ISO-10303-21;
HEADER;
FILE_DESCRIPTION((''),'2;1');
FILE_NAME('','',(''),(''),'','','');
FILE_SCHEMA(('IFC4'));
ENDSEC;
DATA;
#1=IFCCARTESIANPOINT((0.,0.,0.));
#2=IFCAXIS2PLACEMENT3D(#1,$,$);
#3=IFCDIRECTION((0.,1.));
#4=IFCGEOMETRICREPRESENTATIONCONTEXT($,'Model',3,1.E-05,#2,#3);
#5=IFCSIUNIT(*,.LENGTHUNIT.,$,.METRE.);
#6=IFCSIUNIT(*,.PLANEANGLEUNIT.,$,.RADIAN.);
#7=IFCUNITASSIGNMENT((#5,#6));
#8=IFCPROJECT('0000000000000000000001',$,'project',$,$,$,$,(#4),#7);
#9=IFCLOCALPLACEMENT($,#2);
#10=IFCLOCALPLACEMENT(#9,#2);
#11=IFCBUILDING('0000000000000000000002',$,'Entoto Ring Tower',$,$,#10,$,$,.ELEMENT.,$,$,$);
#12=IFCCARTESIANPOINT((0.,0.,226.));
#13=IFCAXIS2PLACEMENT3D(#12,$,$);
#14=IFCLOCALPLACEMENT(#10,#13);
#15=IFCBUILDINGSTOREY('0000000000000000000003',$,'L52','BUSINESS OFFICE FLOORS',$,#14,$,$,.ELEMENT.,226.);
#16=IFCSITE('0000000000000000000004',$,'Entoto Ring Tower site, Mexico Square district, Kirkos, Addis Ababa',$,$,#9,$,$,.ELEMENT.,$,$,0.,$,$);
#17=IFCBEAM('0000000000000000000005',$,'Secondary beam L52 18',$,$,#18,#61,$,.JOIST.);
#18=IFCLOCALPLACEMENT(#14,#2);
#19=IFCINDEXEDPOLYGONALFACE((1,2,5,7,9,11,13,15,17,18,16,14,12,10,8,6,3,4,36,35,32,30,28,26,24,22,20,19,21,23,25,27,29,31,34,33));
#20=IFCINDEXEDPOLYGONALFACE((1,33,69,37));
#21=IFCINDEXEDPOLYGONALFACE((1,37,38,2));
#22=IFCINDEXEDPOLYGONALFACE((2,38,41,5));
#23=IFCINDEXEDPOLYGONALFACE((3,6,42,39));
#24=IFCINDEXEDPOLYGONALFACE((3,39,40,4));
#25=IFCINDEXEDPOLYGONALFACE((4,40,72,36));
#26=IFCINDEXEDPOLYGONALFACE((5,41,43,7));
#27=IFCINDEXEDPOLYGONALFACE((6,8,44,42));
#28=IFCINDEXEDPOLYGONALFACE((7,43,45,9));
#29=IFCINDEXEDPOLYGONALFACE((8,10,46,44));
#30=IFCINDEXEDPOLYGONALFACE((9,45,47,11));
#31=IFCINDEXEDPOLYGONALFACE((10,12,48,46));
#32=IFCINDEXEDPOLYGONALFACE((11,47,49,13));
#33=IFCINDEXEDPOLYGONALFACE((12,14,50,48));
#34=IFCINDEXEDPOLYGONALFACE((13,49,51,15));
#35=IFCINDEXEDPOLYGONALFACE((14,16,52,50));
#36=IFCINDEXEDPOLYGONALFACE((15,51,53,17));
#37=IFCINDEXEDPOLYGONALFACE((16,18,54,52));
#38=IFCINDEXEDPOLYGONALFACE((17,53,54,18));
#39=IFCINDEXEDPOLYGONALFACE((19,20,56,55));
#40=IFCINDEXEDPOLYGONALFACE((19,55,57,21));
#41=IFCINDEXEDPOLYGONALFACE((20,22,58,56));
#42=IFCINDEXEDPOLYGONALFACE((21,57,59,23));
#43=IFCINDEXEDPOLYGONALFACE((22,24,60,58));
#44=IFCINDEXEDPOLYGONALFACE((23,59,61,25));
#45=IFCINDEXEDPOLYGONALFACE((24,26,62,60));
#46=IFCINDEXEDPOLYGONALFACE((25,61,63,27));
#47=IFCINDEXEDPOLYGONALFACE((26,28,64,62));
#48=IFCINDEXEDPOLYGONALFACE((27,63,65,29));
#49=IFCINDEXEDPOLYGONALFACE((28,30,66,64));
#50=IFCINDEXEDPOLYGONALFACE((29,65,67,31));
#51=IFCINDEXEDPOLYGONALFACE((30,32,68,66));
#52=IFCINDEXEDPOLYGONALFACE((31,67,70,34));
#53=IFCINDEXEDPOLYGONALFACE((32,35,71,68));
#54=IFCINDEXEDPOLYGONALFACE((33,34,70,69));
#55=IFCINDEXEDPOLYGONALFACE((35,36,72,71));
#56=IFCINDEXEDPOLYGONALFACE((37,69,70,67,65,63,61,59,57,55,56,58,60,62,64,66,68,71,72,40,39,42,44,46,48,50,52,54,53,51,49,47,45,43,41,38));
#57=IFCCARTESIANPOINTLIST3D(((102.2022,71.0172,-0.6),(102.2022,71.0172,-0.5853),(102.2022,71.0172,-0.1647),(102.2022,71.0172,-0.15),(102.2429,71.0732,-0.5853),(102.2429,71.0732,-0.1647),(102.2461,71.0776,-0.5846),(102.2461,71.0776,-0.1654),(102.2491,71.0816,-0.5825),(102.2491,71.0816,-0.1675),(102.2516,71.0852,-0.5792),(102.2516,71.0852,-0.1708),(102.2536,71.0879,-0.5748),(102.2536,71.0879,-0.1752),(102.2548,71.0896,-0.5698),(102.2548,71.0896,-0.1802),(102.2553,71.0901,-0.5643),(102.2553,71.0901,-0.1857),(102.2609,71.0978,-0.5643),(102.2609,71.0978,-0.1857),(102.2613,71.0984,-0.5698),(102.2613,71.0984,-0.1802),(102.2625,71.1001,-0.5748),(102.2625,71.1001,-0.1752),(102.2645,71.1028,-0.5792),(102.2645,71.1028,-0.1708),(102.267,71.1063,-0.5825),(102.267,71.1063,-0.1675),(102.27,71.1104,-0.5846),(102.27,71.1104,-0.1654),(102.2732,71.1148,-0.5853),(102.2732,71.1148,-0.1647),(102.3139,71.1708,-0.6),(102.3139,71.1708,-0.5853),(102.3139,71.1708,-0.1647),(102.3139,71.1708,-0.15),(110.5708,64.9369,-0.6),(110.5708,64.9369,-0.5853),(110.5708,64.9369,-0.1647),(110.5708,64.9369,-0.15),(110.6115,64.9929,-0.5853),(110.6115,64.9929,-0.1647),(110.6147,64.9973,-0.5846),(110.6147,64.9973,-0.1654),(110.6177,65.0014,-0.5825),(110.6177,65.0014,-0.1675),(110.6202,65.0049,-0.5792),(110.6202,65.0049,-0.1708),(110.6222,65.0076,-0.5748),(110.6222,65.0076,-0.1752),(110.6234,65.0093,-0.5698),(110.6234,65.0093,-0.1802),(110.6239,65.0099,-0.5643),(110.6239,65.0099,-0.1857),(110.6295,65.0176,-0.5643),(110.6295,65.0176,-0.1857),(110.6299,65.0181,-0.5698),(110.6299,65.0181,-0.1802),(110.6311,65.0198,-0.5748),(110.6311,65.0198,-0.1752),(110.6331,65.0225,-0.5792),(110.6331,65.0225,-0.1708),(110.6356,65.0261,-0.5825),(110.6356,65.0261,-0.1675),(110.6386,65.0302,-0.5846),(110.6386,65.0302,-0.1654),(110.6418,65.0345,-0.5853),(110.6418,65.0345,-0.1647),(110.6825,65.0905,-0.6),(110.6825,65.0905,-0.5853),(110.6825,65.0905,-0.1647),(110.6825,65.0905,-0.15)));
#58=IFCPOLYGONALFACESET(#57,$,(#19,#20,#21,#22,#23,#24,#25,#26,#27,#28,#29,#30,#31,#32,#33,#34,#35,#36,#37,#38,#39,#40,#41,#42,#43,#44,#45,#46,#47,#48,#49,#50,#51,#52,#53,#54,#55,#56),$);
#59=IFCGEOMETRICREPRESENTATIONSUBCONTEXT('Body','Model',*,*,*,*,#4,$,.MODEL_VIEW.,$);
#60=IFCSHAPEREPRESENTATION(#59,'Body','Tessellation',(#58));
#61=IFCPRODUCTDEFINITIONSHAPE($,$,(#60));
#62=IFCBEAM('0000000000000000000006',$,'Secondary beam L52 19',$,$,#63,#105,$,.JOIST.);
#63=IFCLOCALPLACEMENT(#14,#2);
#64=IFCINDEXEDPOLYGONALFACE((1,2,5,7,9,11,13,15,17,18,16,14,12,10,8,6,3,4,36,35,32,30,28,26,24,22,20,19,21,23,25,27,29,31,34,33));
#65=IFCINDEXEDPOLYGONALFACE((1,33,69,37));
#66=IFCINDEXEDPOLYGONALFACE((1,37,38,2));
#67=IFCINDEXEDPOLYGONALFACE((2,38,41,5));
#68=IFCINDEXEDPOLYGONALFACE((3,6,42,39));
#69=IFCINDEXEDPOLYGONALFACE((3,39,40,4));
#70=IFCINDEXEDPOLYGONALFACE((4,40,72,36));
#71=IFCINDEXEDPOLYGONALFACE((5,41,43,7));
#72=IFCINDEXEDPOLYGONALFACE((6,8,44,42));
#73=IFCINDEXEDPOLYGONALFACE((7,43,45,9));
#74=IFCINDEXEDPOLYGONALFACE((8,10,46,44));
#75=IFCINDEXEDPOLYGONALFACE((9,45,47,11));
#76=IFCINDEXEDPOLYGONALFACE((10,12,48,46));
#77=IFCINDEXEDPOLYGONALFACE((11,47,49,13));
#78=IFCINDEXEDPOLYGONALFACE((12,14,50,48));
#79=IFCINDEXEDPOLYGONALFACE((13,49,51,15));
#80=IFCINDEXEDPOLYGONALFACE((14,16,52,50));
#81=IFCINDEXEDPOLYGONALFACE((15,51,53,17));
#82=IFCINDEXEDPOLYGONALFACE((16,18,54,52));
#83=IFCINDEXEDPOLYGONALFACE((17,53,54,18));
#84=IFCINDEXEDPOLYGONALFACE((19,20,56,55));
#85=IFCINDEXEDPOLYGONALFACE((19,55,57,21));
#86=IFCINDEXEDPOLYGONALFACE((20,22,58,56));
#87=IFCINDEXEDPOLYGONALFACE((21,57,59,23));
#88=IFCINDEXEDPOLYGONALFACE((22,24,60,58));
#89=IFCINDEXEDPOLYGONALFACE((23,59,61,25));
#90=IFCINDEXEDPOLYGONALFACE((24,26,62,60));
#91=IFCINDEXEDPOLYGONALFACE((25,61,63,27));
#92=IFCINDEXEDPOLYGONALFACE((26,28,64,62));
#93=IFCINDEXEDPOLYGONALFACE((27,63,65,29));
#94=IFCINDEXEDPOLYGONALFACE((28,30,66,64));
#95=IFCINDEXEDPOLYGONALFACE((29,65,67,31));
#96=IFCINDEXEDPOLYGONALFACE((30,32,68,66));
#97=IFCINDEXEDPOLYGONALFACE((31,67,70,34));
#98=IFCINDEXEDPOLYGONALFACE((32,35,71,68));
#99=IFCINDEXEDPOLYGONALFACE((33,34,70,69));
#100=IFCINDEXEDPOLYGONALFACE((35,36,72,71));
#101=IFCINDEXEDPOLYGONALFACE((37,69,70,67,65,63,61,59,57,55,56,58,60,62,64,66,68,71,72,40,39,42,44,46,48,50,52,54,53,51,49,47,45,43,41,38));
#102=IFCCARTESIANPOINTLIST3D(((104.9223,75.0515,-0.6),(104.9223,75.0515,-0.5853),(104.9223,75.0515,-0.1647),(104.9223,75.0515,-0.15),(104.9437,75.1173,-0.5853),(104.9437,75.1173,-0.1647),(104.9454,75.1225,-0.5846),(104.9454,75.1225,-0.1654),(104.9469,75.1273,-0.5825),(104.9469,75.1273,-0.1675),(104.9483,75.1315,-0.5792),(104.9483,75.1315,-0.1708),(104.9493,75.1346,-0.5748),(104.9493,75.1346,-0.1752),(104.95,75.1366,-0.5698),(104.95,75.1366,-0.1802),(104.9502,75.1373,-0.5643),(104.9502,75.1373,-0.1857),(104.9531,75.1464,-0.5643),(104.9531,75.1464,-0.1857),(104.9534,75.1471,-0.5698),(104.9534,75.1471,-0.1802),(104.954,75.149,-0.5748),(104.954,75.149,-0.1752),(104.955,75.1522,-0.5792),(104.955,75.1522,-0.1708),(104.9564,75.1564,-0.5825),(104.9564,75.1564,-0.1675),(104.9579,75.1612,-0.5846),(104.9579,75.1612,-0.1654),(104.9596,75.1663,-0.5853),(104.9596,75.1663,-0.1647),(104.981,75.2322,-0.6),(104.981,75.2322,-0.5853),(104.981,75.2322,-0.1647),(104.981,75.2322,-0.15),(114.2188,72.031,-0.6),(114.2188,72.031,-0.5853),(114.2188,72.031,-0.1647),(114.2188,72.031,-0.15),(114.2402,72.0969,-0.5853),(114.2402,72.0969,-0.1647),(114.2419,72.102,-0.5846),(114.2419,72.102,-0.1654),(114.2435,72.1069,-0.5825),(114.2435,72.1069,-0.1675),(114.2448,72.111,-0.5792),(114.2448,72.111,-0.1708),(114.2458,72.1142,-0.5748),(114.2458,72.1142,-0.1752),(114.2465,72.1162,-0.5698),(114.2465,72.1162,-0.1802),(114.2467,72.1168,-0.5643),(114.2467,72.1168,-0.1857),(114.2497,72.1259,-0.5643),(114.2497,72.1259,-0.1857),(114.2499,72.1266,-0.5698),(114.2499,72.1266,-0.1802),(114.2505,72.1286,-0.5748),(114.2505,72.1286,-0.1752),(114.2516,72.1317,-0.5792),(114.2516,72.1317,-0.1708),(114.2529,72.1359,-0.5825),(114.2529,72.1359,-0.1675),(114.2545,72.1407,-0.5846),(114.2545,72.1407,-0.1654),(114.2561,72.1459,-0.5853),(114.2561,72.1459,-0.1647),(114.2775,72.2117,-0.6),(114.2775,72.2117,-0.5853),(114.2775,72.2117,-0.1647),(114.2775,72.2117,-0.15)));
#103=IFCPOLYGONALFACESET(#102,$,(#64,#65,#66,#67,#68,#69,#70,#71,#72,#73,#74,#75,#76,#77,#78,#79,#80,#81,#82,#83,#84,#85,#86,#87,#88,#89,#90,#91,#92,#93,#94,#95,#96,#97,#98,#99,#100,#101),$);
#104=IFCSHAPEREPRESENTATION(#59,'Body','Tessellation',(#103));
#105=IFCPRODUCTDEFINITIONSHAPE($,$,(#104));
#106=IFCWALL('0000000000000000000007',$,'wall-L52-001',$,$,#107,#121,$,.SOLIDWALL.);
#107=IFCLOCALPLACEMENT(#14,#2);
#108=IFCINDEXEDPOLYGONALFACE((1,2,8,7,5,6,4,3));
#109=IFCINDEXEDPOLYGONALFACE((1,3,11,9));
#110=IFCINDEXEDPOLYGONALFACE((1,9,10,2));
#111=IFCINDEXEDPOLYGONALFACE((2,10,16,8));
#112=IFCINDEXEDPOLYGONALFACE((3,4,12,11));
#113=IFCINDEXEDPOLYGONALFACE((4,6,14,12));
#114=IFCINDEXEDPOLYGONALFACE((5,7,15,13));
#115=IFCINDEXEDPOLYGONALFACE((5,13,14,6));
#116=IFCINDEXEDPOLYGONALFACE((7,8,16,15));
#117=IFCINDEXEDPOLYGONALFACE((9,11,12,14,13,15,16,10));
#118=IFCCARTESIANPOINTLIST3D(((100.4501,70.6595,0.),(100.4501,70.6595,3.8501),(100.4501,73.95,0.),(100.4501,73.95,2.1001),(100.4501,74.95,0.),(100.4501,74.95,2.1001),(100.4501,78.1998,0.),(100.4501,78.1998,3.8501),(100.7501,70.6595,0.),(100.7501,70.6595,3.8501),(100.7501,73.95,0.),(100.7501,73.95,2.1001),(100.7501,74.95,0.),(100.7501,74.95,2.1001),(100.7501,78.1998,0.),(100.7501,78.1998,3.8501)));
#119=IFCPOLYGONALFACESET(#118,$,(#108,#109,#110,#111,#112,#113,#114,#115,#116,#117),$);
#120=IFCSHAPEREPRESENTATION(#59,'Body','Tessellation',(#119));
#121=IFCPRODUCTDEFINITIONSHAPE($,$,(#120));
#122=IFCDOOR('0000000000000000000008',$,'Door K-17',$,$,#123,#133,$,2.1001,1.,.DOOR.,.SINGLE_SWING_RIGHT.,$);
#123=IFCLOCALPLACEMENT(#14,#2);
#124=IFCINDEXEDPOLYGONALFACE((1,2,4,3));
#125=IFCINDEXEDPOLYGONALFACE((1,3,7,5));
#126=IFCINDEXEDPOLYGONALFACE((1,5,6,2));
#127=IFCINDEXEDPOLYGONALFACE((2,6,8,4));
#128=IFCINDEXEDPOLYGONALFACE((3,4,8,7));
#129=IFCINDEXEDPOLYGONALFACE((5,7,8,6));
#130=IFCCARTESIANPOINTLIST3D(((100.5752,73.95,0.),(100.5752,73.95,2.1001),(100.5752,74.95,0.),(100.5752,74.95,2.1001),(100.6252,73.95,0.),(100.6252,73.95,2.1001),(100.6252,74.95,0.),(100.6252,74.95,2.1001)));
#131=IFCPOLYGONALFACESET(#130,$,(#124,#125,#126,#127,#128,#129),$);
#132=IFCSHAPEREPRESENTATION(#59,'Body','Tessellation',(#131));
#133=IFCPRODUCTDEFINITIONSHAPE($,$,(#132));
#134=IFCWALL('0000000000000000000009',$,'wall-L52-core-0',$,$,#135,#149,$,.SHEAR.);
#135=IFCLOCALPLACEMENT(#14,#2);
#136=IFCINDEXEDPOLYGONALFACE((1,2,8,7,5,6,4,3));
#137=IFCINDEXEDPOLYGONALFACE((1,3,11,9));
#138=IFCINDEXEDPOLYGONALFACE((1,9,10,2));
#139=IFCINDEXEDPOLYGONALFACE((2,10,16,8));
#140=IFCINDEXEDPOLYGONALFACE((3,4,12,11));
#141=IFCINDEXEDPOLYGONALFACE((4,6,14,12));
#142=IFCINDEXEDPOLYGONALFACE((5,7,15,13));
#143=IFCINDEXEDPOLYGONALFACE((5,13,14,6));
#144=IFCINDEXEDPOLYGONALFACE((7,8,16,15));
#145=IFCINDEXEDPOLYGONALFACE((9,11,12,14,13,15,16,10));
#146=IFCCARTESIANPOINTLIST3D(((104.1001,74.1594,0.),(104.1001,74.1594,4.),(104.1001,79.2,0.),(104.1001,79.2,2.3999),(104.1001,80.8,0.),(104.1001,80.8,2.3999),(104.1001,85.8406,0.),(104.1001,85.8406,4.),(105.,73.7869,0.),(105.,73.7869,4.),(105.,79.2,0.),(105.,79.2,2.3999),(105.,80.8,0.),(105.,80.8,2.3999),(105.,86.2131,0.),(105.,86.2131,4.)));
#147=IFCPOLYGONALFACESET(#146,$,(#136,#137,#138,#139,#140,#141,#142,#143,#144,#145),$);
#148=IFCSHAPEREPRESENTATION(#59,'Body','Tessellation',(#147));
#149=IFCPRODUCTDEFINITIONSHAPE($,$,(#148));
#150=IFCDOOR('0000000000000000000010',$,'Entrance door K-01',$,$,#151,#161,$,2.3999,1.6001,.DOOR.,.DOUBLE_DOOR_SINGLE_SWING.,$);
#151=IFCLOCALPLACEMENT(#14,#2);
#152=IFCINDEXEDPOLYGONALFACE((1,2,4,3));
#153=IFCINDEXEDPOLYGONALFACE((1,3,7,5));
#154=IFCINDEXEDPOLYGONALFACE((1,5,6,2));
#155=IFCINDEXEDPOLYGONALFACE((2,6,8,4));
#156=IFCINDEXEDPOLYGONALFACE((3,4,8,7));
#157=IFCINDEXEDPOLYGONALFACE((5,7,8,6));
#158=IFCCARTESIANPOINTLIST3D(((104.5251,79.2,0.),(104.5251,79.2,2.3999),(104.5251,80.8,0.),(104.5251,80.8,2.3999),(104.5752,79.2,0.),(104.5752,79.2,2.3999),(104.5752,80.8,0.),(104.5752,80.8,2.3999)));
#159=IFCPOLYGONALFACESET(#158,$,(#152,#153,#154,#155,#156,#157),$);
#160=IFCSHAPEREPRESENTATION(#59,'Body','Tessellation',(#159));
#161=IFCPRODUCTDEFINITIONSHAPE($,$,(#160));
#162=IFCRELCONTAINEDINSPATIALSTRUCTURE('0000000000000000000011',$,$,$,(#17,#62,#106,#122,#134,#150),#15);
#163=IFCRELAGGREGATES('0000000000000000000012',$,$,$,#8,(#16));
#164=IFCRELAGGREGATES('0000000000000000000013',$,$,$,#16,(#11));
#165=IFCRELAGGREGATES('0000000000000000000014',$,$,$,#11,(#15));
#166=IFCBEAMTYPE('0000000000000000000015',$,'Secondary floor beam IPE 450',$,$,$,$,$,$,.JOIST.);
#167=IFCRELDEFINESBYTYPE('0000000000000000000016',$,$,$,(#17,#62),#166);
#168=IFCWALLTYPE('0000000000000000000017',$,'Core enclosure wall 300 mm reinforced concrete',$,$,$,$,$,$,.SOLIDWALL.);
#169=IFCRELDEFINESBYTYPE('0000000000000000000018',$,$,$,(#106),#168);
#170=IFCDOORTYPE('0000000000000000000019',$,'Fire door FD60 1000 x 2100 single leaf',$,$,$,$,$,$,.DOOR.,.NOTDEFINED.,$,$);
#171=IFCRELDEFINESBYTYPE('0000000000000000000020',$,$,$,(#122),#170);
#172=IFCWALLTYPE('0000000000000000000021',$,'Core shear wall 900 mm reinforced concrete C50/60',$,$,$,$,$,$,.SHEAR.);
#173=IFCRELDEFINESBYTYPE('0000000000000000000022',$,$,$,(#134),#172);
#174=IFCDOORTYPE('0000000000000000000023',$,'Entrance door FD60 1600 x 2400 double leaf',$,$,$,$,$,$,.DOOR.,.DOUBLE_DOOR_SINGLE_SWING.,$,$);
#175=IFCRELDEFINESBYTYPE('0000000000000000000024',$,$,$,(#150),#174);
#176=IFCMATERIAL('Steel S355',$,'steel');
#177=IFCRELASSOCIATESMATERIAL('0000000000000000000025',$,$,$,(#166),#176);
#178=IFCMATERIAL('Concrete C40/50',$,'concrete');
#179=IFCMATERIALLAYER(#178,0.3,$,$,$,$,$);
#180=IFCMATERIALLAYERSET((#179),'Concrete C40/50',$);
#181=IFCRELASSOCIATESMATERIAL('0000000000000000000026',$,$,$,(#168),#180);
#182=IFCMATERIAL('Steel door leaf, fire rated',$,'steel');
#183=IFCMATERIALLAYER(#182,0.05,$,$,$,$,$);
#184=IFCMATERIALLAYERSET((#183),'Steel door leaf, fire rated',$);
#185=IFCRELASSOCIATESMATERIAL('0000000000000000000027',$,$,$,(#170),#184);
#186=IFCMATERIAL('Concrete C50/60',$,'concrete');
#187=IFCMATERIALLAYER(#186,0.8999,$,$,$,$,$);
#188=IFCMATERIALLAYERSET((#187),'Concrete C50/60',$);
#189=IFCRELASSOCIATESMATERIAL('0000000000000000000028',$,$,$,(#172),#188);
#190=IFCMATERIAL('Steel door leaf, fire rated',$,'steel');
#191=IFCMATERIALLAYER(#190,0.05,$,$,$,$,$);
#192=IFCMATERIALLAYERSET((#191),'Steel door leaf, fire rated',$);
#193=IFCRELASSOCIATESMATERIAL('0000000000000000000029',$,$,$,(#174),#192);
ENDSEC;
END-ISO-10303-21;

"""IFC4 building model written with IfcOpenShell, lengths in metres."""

from ifc_helpers import new_model, si_unit, direction, frame, frame_2d, origin, origin_2d, place, context, subcontext, project, spatial, polyline, rectangle, i_section, outline, extrude, material, layer, layer_set, material_profile, profile_set, type_object, element, fill, save


model = new_model("IFC4")

# Units and contexts
model_context = context("Model", 3, precision=1e-05, world=origin(), true_north=direction((0.0, 1.0)))
body_context = subcontext(model_context, "Body", "Model", "MODEL_VIEW")
ifc_project = project(units=[si_unit("LENGTHUNIT", "METRE"), si_unit("PLANEANGLEUNIT", "RADIAN")], contexts=[model_context])

# Site, building, storey
site_placement = place(None, origin())
site = spatial("IfcSite", under=ifc_project, at=site_placement, Name="Entoto Ring Tower site, Mexico Square district, Kirkos, Addis Ababa", CompositionType="ELEMENT", RefElevation=0.0)
building_placement = place(site_placement, origin())
building = spatial("IfcBuilding", under=site, at=building_placement, Name="Entoto Ring Tower", CompositionType="ELEMENT")
storey_placement = place(building_placement, frame((0.0, 0.0, 226.0)))
storey = spatial("IfcBuildingStorey", under=building, at=storey_placement, Name="L52", Description="BUSINESS OFFICE FLOORS", CompositionType="ELEMENT", Elevation=226.0)

# Beams
ifc_material_1 = material(Name="Steel S355", Category="steel")
ifc_material_profile_1 = material_profile(ifc_material_1, i_section(OverallWidth=0.1899, OverallDepth=0.45, WebThickness=0.0095, FlangeThickness=0.0146, FilletRadius=0.021, at=origin_2d()), Name="IPE 450")
ifc_profile_set_1 = profile_set([ifc_material_profile_1], Name="Steel S355")
beam_type_1 = type_object("IfcBeamType", Name="Secondary floor beam IPE 450", PredefinedType="JOIST", material=ifc_profile_set_1)
beam_1_placement = place(storey_placement, frame((102.2581, 71.094, -0.375), z_axis=(0.809011, -0.587794, 0.0), x_axis=(0.587794, 0.809011, 0.0)))
element("IfcBeam", 1, at=beam_1_placement, inside=storey, type_object=beam_type_1, Name="Secondary beam L52 18", PredefinedType="JOIST", context=body_context, shape_type="SweptSolid", body=[
    extrude(i_section(OverallWidth=0.1899, OverallDepth=0.45, WebThickness=0.0095, FlangeThickness=0.0146, FilletRadius=0.021, at=origin_2d()), origin(), (0.0, 0.0, 1.0), 10.3442),
])
beam_2_placement = place(storey_placement, frame((104.9517, 75.1418, -0.375), z_axis=(0.951061, -0.309003, 0.0), x_axis=(0.309003, 0.951061, 0.0)))
element("IfcBeam", 2, at=beam_2_placement, inside=storey, type_object=beam_type_1, Name="Secondary beam L52 19", PredefinedType="JOIST", context=body_context, shape_type="SweptSolid", body=[
    extrude(i_section(OverallWidth=0.1899, OverallDepth=0.45, WebThickness=0.0095, FlangeThickness=0.0146, FilletRadius=0.021, at=origin_2d()), origin(), (0.0, 0.0, 1.0), 9.7749),
])

# Walls, openings, doors
ifc_material_2 = material(Name="Concrete C40/50", Category="concrete")
ifc_layer_1 = layer(ifc_material_2, 0.3)
ifc_layer_set_1 = layer_set([ifc_layer_1], Name="Concrete C40/50")
wall_type_1 = type_object("IfcWallType", Name="Core enclosure wall 300 mm reinforced concrete", PredefinedType="SOLIDWALL", material=ifc_layer_set_1)
wall_1_placement = place(storey_placement, frame((100.6001, 70.6597, 0.0), z_axis=(0.0, 0.0, 1.0), x_axis=(0.0, 1.0, 0.0)))
wall_1 = element("IfcWall", 3, at=wall_1_placement, inside=storey, type_object=wall_type_1, Name="wall-L52-001", PredefinedType="SOLIDWALL", context=body_context, shape_type="SweptSolid", body=[
    extrude(rectangle(XDim=7.5403, YDim=0.3, at=frame_2d((3.77, 0.0))), origin(), (0.0, 0.0, 1.0), 3.8501),
])
opening_1_placement = place(wall_1_placement, frame((3.2903, 0.0, 0.0)))
opening_1 = element("IfcOpeningElement", 4, at=opening_1_placement, cuts=wall_1, PredefinedType="OPENING", context=body_context, shape_type="SweptSolid", body=[
    extrude(rectangle(XDim=1.0, YDim=2.1001, at=frame_2d((0.5, 1.05))), frame((0.0, 0.1602, 0.0), z_axis=(0.0, -1.0, 0.0), x_axis=(1.0, 0.0, 0.0)), (0.0, 0.0, 1.0), 0.3201),
])
ifc_material_3 = material(Name="Steel door leaf, fire rated", Category="steel")
ifc_layer_2 = layer(ifc_material_3, 0.05)
ifc_layer_set_2 = layer_set([ifc_layer_2], Name="Steel door leaf, fire rated")
door_type_1 = type_object("IfcDoorType", Name="Fire door FD60 1000 x 2100 single leaf", OperationType="NOTDEFINED", PredefinedType="DOOR", material=ifc_layer_set_2)
door_1_placement = place(opening_1_placement, origin())
door_1 = element("IfcDoor", 5, at=door_1_placement, inside=storey, type_object=door_type_1, Name="Door K-17", OperationType="SINGLE_SWING_RIGHT", OverallHeight=2.1001, OverallWidth=1.0, PredefinedType="DOOR", context=body_context, shape_type="SweptSolid", body=[
    extrude(rectangle(XDim=1.0, YDim=2.1001, at=frame_2d((0.5, 1.05))), frame((0.0, 0.0249, 0.0), z_axis=(0.0, -1.0, 0.0), x_axis=(1.0, 0.0, 0.0)), (0.0, 0.0, 1.0), 0.05),
])
fill(opening_1, door_1)
ifc_material_4 = material(Name="Concrete C50/60", Category="concrete")
ifc_layer_3 = layer(ifc_material_4, 0.8999)
ifc_layer_set_3 = layer_set([ifc_layer_3], Name="Concrete C50/60")
wall_type_2 = type_object("IfcWallType", Name="Core shear wall 900 mm reinforced concrete C50/60", PredefinedType="SHEAR", material=ifc_layer_set_3)
wall_2_placement = place(storey_placement, frame((104.55, 73.9731, 0.0), z_axis=(0.0, 0.0, 1.0), x_axis=(0.0, 1.0, 0.0)))
wall_2 = element("IfcWall", 6, at=wall_2_placement, inside=storey, type_object=wall_type_2, Name="wall-L52-core-0", PredefinedType="SHEAR", context=body_context, shape_type="SweptSolid", body=[
    extrude(outline(polyline([(-0.1863, -0.45), (12.24, -0.45), (11.8674, 0.45), (0.1863, 0.45), (-0.1863, -0.45)])), origin(), (0.0, 0.0, 1.0), 4.0),
])
opening_2_placement = place(wall_2_placement, frame((5.2268, 0.0, 0.0)))
opening_2 = element("IfcOpeningElement", 7, at=opening_2_placement, cuts=wall_2, PredefinedType="OPENING", context=body_context, shape_type="SweptSolid", body=[
    extrude(rectangle(XDim=1.6001, YDim=2.3999, at=frame_2d((0.8, 1.2))), frame((0.0, 0.46, 0.0), z_axis=(0.0, -1.0, 0.0), x_axis=(1.0, 0.0, 0.0)), (0.0, 0.0, 1.0), 0.9199),
])
ifc_material_5 = material(Name="Steel door leaf, fire rated", Category="steel")
ifc_layer_4 = layer(ifc_material_5, 0.05)
ifc_layer_set_4 = layer_set([ifc_layer_4], Name="Steel door leaf, fire rated")
door_type_2 = type_object("IfcDoorType", Name="Entrance door FD60 1600 x 2400 double leaf", OperationType="DOUBLE_DOOR_SINGLE_SWING", PredefinedType="DOOR", material=ifc_layer_set_4)
door_2_placement = place(opening_2_placement, origin())
door_2 = element("IfcDoor", 8, at=door_2_placement, inside=storey, type_object=door_type_2, Name="Entrance door K-01", OperationType="DOUBLE_DOOR_SINGLE_SWING", OverallHeight=2.3999, OverallWidth=1.6001, PredefinedType="DOOR", context=body_context, shape_type="SweptSolid", body=[
    extrude(rectangle(XDim=1.6001, YDim=2.3999, at=frame_2d((0.8, 1.2))), frame((0.0, 0.0249, 0.0), z_axis=(0.0, -1.0, 0.0), x_axis=(1.0, 0.0, 0.0)), (0.0, 0.0, 1.0), 0.05),
])
fill(opening_2, door_2)

save(model, "model.ifc")
